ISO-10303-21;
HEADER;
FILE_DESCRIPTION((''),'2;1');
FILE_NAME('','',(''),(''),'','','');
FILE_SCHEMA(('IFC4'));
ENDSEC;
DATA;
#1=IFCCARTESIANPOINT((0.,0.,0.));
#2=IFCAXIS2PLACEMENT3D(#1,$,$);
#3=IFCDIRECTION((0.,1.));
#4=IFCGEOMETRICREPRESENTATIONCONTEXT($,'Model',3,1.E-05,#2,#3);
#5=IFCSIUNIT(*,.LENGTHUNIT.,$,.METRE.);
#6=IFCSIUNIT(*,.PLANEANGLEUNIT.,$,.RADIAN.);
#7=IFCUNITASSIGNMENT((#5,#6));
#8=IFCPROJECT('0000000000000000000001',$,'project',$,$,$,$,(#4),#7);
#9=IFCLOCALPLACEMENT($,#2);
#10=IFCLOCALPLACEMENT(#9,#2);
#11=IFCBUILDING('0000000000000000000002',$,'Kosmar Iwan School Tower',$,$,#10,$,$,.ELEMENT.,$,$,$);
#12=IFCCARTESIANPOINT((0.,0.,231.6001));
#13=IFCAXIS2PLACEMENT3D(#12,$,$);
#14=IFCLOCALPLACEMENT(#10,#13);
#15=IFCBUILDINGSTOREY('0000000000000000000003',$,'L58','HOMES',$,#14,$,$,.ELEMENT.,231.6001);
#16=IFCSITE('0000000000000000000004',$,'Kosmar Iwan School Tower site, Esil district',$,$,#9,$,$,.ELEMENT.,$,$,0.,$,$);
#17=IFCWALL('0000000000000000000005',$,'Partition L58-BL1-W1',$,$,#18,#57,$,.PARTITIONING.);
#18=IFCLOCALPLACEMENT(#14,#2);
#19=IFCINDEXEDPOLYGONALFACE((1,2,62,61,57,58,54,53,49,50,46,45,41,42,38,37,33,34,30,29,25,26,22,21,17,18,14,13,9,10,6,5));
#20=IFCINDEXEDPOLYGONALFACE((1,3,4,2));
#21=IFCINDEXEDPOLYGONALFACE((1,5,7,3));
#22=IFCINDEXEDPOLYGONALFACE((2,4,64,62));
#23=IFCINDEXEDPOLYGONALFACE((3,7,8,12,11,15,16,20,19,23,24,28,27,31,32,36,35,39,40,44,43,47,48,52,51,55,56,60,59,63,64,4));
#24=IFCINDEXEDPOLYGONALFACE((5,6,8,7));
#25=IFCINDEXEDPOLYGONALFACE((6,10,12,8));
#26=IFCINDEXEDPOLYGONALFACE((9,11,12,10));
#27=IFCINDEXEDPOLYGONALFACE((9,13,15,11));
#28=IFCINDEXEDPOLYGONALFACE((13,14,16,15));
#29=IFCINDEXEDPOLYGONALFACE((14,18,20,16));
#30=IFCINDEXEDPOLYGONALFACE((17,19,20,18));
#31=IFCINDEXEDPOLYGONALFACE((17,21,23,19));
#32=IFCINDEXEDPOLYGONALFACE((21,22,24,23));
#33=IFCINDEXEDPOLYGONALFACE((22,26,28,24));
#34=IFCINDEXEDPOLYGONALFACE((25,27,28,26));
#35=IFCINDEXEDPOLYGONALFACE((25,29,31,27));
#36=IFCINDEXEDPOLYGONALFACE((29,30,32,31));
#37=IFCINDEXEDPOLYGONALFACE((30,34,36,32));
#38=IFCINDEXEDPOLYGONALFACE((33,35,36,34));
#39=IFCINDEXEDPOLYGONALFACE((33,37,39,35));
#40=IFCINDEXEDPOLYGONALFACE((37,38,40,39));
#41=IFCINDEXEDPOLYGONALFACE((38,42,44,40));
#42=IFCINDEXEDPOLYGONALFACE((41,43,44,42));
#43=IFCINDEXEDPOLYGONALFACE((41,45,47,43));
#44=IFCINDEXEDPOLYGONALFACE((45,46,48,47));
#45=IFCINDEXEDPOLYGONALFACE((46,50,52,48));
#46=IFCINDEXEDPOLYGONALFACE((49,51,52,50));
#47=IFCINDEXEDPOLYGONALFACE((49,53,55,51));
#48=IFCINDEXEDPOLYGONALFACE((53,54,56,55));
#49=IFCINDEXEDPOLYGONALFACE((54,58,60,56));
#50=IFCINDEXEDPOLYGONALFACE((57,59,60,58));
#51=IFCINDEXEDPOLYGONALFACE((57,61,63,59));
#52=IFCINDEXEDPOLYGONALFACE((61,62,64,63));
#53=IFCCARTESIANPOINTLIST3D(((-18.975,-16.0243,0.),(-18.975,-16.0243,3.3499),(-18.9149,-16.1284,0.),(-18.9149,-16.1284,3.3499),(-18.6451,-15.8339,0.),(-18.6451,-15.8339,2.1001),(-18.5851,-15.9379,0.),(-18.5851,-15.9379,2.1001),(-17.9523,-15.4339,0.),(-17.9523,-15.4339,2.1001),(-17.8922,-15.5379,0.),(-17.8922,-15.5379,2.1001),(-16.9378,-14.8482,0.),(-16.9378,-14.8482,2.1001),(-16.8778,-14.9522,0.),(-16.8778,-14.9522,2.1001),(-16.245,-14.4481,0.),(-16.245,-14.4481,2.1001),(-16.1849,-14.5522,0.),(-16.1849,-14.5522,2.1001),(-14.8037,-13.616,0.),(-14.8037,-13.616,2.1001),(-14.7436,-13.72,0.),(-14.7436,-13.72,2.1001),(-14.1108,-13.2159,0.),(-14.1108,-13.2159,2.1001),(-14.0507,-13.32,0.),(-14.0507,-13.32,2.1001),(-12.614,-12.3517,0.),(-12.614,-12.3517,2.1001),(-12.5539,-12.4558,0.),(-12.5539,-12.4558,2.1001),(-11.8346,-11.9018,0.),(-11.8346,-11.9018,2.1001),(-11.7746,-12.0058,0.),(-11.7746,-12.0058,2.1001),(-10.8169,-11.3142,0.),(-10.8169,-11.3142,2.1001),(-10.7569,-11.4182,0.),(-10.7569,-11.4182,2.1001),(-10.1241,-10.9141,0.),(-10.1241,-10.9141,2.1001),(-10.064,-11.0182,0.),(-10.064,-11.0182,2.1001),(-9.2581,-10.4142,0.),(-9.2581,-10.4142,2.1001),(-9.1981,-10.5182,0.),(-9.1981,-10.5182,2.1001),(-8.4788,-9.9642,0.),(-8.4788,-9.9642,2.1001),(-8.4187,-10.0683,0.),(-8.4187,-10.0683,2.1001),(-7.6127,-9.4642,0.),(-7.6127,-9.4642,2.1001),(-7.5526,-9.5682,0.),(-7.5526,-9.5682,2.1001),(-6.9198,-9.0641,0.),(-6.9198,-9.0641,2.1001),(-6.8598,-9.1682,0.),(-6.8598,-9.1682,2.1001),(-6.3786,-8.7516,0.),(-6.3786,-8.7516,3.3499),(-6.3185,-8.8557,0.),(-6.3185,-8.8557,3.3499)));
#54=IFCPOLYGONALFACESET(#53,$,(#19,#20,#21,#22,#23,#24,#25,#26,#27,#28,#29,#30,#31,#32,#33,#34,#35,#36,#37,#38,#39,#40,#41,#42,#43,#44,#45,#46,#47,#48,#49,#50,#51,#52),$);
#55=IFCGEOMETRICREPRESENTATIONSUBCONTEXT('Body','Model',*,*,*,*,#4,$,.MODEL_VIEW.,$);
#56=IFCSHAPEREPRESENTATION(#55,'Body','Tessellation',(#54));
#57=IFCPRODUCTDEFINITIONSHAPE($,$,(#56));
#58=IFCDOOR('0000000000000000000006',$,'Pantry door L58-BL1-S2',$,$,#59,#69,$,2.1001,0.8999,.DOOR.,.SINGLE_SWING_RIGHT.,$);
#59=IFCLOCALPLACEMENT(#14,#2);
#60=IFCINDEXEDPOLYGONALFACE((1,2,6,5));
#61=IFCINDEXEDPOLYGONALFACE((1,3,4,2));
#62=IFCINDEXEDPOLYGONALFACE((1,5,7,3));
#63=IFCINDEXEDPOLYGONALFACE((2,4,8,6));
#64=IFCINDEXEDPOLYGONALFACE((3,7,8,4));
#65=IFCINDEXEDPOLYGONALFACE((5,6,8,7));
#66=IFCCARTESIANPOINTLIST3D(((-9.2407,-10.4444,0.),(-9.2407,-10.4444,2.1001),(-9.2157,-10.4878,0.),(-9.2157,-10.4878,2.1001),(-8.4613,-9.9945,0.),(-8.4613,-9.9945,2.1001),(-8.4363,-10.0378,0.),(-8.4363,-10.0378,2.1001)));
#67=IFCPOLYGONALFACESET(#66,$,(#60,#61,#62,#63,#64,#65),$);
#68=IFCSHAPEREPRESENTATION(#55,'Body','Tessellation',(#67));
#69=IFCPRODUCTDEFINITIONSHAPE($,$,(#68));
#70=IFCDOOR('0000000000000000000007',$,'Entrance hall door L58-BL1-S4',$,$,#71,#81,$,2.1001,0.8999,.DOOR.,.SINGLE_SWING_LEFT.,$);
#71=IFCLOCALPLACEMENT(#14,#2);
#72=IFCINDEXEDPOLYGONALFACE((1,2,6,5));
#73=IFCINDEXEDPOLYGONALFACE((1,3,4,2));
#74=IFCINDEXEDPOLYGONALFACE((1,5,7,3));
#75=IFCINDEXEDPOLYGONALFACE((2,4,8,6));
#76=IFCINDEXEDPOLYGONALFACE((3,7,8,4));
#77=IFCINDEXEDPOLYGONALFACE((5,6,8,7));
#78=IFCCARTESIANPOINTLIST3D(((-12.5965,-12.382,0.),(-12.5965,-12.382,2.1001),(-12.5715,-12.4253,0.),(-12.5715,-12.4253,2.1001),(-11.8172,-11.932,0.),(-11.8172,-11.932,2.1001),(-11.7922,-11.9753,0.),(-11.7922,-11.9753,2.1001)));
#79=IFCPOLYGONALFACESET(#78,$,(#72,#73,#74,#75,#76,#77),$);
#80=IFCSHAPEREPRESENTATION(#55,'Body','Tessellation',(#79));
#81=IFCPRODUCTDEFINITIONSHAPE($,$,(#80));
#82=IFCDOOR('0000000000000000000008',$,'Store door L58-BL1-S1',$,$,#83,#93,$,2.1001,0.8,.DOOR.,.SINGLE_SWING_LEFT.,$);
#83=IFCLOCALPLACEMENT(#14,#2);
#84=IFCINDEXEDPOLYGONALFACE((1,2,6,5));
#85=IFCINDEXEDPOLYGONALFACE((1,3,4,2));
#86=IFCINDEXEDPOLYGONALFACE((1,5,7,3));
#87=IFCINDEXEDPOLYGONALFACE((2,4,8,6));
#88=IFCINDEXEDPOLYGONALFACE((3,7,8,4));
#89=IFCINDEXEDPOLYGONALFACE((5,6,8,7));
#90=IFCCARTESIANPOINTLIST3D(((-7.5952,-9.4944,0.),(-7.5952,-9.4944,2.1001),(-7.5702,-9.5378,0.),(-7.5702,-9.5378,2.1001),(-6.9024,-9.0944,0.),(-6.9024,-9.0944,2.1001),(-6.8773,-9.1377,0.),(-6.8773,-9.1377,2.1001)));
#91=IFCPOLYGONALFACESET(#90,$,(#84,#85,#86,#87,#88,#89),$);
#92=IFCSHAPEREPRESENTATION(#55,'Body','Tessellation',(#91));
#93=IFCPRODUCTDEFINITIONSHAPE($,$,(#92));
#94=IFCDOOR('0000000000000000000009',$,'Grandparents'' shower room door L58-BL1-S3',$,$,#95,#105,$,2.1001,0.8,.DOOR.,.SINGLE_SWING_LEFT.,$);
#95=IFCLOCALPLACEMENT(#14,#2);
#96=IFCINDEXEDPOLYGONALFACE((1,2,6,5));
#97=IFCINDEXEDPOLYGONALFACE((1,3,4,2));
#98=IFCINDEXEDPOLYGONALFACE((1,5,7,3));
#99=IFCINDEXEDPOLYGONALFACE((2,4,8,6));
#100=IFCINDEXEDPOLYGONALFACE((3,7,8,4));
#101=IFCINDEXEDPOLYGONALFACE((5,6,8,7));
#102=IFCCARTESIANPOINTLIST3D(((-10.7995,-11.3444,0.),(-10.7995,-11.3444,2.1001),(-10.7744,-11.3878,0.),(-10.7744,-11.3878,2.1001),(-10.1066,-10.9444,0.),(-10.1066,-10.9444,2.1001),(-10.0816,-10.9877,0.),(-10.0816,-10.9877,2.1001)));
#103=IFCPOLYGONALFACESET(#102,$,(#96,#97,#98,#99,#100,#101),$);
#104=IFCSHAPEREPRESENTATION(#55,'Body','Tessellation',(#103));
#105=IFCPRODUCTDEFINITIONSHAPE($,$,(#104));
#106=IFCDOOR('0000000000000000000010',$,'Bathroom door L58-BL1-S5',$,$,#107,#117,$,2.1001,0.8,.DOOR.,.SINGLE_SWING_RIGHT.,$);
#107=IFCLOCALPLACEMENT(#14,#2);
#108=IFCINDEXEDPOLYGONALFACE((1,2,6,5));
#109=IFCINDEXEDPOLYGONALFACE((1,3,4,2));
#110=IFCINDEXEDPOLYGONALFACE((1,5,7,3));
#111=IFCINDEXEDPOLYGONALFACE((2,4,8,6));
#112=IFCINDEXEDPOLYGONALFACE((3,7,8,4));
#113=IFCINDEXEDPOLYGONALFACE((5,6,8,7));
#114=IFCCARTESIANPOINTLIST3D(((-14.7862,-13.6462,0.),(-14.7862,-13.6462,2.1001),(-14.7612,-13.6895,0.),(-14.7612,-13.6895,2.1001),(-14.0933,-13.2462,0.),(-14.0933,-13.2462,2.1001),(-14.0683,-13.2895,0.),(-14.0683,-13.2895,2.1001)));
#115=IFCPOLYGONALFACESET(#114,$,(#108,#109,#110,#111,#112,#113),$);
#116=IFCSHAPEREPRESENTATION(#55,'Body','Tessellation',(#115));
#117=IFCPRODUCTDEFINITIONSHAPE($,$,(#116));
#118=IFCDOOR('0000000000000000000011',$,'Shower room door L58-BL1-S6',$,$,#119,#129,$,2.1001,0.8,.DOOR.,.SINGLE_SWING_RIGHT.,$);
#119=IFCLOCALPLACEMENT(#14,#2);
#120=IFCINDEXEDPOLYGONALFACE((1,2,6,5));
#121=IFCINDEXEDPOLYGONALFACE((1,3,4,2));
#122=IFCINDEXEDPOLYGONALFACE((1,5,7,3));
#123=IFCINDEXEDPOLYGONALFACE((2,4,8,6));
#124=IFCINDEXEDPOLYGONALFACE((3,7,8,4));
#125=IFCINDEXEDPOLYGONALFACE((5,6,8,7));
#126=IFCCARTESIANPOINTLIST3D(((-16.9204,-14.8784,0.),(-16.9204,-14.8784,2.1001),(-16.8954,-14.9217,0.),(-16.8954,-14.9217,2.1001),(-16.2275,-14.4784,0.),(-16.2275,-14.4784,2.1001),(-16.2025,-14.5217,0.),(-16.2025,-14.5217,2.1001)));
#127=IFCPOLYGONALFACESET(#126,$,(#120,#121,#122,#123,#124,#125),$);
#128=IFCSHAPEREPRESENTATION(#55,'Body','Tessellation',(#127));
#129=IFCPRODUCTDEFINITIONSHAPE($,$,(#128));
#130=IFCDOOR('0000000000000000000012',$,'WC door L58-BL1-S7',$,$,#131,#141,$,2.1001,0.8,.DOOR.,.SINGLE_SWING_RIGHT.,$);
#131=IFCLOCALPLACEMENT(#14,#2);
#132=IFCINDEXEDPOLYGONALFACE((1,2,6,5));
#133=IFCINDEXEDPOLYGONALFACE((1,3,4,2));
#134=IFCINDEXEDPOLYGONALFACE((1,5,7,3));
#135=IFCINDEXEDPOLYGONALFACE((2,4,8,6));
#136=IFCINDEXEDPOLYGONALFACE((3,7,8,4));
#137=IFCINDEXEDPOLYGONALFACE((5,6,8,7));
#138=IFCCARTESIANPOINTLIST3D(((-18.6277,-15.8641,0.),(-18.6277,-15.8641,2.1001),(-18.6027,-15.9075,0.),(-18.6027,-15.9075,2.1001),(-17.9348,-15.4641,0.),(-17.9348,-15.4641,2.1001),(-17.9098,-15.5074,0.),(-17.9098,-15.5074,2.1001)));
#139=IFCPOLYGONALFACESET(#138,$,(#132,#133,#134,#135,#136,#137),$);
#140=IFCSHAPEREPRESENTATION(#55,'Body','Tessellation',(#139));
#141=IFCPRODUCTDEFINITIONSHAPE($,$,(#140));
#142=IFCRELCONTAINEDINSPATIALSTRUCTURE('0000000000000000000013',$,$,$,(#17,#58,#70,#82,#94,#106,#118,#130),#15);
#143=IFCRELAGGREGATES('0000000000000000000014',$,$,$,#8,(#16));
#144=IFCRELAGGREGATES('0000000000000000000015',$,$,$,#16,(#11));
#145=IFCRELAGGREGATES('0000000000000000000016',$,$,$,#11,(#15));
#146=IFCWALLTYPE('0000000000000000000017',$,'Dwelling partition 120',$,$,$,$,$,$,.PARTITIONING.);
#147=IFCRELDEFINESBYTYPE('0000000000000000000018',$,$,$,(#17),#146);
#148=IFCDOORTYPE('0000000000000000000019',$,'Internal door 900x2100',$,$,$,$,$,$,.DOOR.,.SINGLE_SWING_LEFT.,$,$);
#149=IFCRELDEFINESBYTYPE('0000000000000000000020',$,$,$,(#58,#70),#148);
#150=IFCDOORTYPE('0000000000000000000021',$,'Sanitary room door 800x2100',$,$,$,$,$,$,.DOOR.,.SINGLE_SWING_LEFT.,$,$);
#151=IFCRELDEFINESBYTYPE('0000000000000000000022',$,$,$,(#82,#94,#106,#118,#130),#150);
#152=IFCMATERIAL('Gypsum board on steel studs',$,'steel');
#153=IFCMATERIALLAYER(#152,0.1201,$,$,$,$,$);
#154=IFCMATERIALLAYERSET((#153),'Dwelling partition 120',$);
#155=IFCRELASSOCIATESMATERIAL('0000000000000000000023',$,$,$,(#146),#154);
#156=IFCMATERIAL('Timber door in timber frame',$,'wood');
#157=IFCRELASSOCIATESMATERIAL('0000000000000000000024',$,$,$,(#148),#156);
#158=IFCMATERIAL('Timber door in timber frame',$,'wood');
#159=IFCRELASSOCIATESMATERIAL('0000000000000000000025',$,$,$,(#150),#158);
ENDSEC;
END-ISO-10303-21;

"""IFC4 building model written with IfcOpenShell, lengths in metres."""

from ifc_helpers import new_model, si_unit, direction, frame, frame_2d, origin, place, context, subcontext, project, spatial, rectangle, extrude, material, layer, layer_set, type_object, element, fill, save


model = new_model("IFC4")

# Units and contexts
model_context = context("Model", 3, precision=1e-05, world=origin(), true_north=direction((0.0, 1.0)))
body_context = subcontext(model_context, "Body", "Model", "MODEL_VIEW")
ifc_project = project(units=[si_unit("LENGTHUNIT", "METRE"), si_unit("PLANEANGLEUNIT", "RADIAN")], contexts=[model_context])

# Site, building, storey
site_placement = place(None, origin())
site = spatial("IfcSite", under=ifc_project, at=site_placement, Name="Kosmar Iwan School Tower site, Esil district", CompositionType="ELEMENT", RefElevation=0.0)
building_placement = place(site_placement, origin())
building = spatial("IfcBuilding", under=site, at=building_placement, Name="Kosmar Iwan School Tower", CompositionType="ELEMENT")
storey_placement = place(building_placement, frame((0.0, 0.0, 231.6001)))
storey = spatial("IfcBuildingStorey", under=building, at=storey_placement, Name="L58", Description="HOMES", CompositionType="ELEMENT", Elevation=231.6001)

# Wall, openings, doors
ifc_material_1 = material(Name="Gypsum board on steel studs", Category="steel")
ifc_layer_1 = layer(ifc_material_1, 0.1201)
ifc_layer_set_1 = layer_set([ifc_layer_1], Name="Dwelling partition 120")
wall_type_1 = type_object("IfcWallType", Name="Dwelling partition 120", PredefinedType="PARTITIONING", material=ifc_layer_set_1)
wall_1_placement = place(storey_placement, frame((-6.3486, -8.8037, 0.0), z_axis=(0.0, 0.0, 1.0), x_axis=(-0.866021, -0.500008, 0.0)))
wall_1 = element("IfcWall", 1, at=wall_1_placement, inside=storey, type_object=wall_type_1, Name="Partition L58-BL1-W1", PredefinedType="PARTITIONING", context=body_context, shape_type="SweptSolid", body=[
    extrude(rectangle(XDim=14.5452, YDim=0.1201, at=frame_2d((7.2725, 0.0))), origin(), (0.0, 0.0, 1.0), 3.3499),
])
opening_1_placement = place(wall_1_placement, frame((0.625, 0.0, 0.0)))
opening_1 = element("IfcOpeningElement", 2, at=opening_1_placement, cuts=wall_1, PredefinedType="OPENING", context=body_context, shape_type="SweptSolid", body=[
    extrude(rectangle(XDim=0.8, YDim=2.1001, at=frame_2d((0.3999, 1.05))), frame((0.0, 0.072, 0.0), z_axis=(0.0, -1.0, 0.0), x_axis=(1.0, 0.0, 0.0)), (0.0, 0.0, 1.0), 0.144),
])
opening_2_placement = place(wall_1_placement, frame((2.425, 0.0, 0.0)))
opening_2 = element("IfcOpeningElement", 3, at=opening_2_placement, cuts=wall_1, PredefinedType="OPENING", context=body_context, shape_type="SweptSolid", body=[
    extrude(rectangle(XDim=0.8999, YDim=2.1001, at=frame_2d((0.45, 1.05))), frame((0.0, 0.072, 0.0), z_axis=(0.0, -1.0, 0.0), x_axis=(1.0, 0.0, 0.0)), (0.0, 0.0, 1.0), 0.144),
])
opening_3_placement = place(wall_1_placement, frame((4.325, 0.0, 0.0)))
opening_3 = element("IfcOpeningElement", 4, at=opening_3_placement, cuts=wall_1, PredefinedType="OPENING", context=body_context, shape_type="SweptSolid", body=[
    extrude(rectangle(XDim=0.8, YDim=2.1001, at=frame_2d((0.3999, 1.05))), frame((0.0, 0.072, 0.0), z_axis=(0.0, -1.0, 0.0), x_axis=(1.0, 0.0, 0.0)), (0.0, 0.0, 1.0), 0.144),
])
opening_4_placement = place(wall_1_placement, frame((6.3, 0.0, 0.0)))
opening_4 = element("IfcOpeningElement", 5, at=opening_4_placement, cuts=wall_1, PredefinedType="OPENING", context=body_context, shape_type="SweptSolid", body=[
    extrude(rectangle(XDim=0.8999, YDim=2.1001, at=frame_2d((0.45, 1.05))), frame((0.0, 0.072, 0.0), z_axis=(0.0, -1.0, 0.0), x_axis=(1.0, 0.0, 0.0)), (0.0, 0.0, 1.0), 0.144),
])
opening_5_placement = place(wall_1_placement, frame((8.9285, 0.0, 0.0)))
opening_5 = element("IfcOpeningElement", 6, at=opening_5_placement, cuts=wall_1, PredefinedType="OPENING", context=body_context, shape_type="SweptSolid", body=[
    extrude(rectangle(XDim=0.8, YDim=2.1001, at=frame_2d((0.3999, 1.05))), frame((0.0, 0.072, 0.0), z_axis=(0.0, -1.0, 0.0), x_axis=(1.0, 0.0, 0.0)), (0.0, 0.0, 1.0), 0.144),
])
opening_6_placement = place(wall_1_placement, frame((11.3928, 0.0, 0.0)))
opening_6 = element("IfcOpeningElement", 7, at=opening_6_placement, cuts=wall_1, PredefinedType="OPENING", context=body_context, shape_type="SweptSolid", body=[
    extrude(rectangle(XDim=0.8, YDim=2.1001, at=frame_2d((0.3999, 1.05))), frame((0.0, 0.072, 0.0), z_axis=(0.0, -1.0, 0.0), x_axis=(1.0, 0.0, 0.0)), (0.0, 0.0, 1.0), 0.144),
])
opening_7_placement = place(wall_1_placement, frame((13.3643, 0.0, 0.0)))
opening_7 = element("IfcOpeningElement", 8, at=opening_7_placement, cuts=wall_1, PredefinedType="OPENING", context=body_context, shape_type="SweptSolid", body=[
    extrude(rectangle(XDim=0.8, YDim=2.1001, at=frame_2d((0.3999, 1.05))), frame((0.0, 0.072, 0.0), z_axis=(0.0, -1.0, 0.0), x_axis=(1.0, 0.0, 0.0)), (0.0, 0.0, 1.0), 0.144),
])
ifc_material_2 = material(Name="Timber door in timber frame", Category="wood")
door_type_1 = type_object("IfcDoorType", Name="Internal door 900x2100", OperationType="SINGLE_SWING_LEFT", PredefinedType="DOOR", material=ifc_material_2)
door_1_placement = place(opening_2_placement, origin())
door_1 = element("IfcDoor", 9, at=door_1_placement, inside=storey, type_object=door_type_1, Name="Pantry door L58-BL1-S2", OperationType="SINGLE_SWING_RIGHT", OverallHeight=2.1001, OverallWidth=0.8999, PredefinedType="DOOR", context=body_context, shape_type="SweptSolid", body=[
    extrude(rectangle(XDim=0.8999, YDim=2.1001, at=frame_2d((0.45, 1.05))), frame((0.0, 0.0249, 0.0), z_axis=(0.0, -1.0, 0.0), x_axis=(1.0, 0.0, 0.0)), (0.0, 0.0, 1.0), 0.05),
])
fill(opening_2, door_1)
door_2_placement = place(opening_4_placement, origin())
door_2 = element("IfcDoor", 10, at=door_2_placement, inside=storey, type_object=door_type_1, Name="Entrance hall door L58-BL1-S4", OperationType="SINGLE_SWING_LEFT", OverallHeight=2.1001, OverallWidth=0.8999, PredefinedType="DOOR", context=body_context, shape_type="SweptSolid", body=[
    extrude(rectangle(XDim=0.8999, YDim=2.1001, at=frame_2d((0.45, 1.05))), frame((0.0, 0.0249, 0.0), z_axis=(0.0, -1.0, 0.0), x_axis=(1.0, 0.0, 0.0)), (0.0, 0.0, 1.0), 0.05),
])
fill(opening_4, door_2)
ifc_material_3 = material(Name="Timber door in timber frame", Category="wood")
door_type_2 = type_object("IfcDoorType", Name="Sanitary room door 800x2100", OperationType="SINGLE_SWING_LEFT", PredefinedType="DOOR", material=ifc_material_3)
door_3_placement = place(opening_1_placement, origin())
door_3 = element("IfcDoor", 11, at=door_3_placement, inside=storey, type_object=door_type_2, Name="Store door L58-BL1-S1", OperationType="SINGLE_SWING_LEFT", OverallHeight=2.1001, OverallWidth=0.8, PredefinedType="DOOR", context=body_context, shape_type="SweptSolid", body=[
    extrude(rectangle(XDim=0.8, YDim=2.1001, at=frame_2d((0.3999, 1.05))), frame((0.0, 0.0249, 0.0), z_axis=(0.0, -1.0, 0.0), x_axis=(1.0, 0.0, 0.0)), (0.0, 0.0, 1.0), 0.05),
])
fill(opening_1, door_3)
door_4_placement = place(opening_3_placement, origin())
door_4 = element("IfcDoor", 12, at=door_4_placement, inside=storey, type_object=door_type_2, Name="Grandparents' shower room door L58-BL1-S3", OperationType="SINGLE_SWING_LEFT", OverallHeight=2.1001, OverallWidth=0.8, PredefinedType="DOOR", context=body_context, shape_type="SweptSolid", body=[
    extrude(rectangle(XDim=0.8, YDim=2.1001, at=frame_2d((0.3999, 1.05))), frame((0.0, 0.0249, 0.0), z_axis=(0.0, -1.0, 0.0), x_axis=(1.0, 0.0, 0.0)), (0.0, 0.0, 1.0), 0.05),
])
fill(opening_3, door_4)
door_5_placement = place(opening_5_placement, origin())
door_5 = element("IfcDoor", 13, at=door_5_placement, inside=storey, type_object=door_type_2, Name="Bathroom door L58-BL1-S5", OperationType="SINGLE_SWING_RIGHT", OverallHeight=2.1001, OverallWidth=0.8, PredefinedType="DOOR", context=body_context, shape_type="SweptSolid", body=[
    extrude(rectangle(XDim=0.8, YDim=2.1001, at=frame_2d((0.3999, 1.05))), frame((0.0, 0.0249, 0.0), z_axis=(0.0, -1.0, 0.0), x_axis=(1.0, 0.0, 0.0)), (0.0, 0.0, 1.0), 0.05),
])
fill(opening_5, door_5)
door_6_placement = place(opening_6_placement, origin())
door_6 = element("IfcDoor", 14, at=door_6_placement, inside=storey, type_object=door_type_2, Name="Shower room door L58-BL1-S6", OperationType="SINGLE_SWING_RIGHT", OverallHeight=2.1001, OverallWidth=0.8, PredefinedType="DOOR", context=body_context, shape_type="SweptSolid", body=[
    extrude(rectangle(XDim=0.8, YDim=2.1001, at=frame_2d((0.3999, 1.05))), frame((0.0, 0.0249, 0.0), z_axis=(0.0, -1.0, 0.0), x_axis=(1.0, 0.0, 0.0)), (0.0, 0.0, 1.0), 0.05),
])
fill(opening_6, door_6)
door_7_placement = place(opening_7_placement, origin())
door_7 = element("IfcDoor", 15, at=door_7_placement, inside=storey, type_object=door_type_2, Name="WC door L58-BL1-S7", OperationType="SINGLE_SWING_RIGHT", OverallHeight=2.1001, OverallWidth=0.8, PredefinedType="DOOR", context=body_context, shape_type="SweptSolid", body=[
    extrude(rectangle(XDim=0.8, YDim=2.1001, at=frame_2d((0.3999, 1.05))), frame((0.0, 0.0249, 0.0), z_axis=(0.0, -1.0, 0.0), x_axis=(1.0, 0.0, 0.0)), (0.0, 0.0, 1.0), 0.05),
])
fill(opening_7, door_7)

save(model, "model.ifc")
